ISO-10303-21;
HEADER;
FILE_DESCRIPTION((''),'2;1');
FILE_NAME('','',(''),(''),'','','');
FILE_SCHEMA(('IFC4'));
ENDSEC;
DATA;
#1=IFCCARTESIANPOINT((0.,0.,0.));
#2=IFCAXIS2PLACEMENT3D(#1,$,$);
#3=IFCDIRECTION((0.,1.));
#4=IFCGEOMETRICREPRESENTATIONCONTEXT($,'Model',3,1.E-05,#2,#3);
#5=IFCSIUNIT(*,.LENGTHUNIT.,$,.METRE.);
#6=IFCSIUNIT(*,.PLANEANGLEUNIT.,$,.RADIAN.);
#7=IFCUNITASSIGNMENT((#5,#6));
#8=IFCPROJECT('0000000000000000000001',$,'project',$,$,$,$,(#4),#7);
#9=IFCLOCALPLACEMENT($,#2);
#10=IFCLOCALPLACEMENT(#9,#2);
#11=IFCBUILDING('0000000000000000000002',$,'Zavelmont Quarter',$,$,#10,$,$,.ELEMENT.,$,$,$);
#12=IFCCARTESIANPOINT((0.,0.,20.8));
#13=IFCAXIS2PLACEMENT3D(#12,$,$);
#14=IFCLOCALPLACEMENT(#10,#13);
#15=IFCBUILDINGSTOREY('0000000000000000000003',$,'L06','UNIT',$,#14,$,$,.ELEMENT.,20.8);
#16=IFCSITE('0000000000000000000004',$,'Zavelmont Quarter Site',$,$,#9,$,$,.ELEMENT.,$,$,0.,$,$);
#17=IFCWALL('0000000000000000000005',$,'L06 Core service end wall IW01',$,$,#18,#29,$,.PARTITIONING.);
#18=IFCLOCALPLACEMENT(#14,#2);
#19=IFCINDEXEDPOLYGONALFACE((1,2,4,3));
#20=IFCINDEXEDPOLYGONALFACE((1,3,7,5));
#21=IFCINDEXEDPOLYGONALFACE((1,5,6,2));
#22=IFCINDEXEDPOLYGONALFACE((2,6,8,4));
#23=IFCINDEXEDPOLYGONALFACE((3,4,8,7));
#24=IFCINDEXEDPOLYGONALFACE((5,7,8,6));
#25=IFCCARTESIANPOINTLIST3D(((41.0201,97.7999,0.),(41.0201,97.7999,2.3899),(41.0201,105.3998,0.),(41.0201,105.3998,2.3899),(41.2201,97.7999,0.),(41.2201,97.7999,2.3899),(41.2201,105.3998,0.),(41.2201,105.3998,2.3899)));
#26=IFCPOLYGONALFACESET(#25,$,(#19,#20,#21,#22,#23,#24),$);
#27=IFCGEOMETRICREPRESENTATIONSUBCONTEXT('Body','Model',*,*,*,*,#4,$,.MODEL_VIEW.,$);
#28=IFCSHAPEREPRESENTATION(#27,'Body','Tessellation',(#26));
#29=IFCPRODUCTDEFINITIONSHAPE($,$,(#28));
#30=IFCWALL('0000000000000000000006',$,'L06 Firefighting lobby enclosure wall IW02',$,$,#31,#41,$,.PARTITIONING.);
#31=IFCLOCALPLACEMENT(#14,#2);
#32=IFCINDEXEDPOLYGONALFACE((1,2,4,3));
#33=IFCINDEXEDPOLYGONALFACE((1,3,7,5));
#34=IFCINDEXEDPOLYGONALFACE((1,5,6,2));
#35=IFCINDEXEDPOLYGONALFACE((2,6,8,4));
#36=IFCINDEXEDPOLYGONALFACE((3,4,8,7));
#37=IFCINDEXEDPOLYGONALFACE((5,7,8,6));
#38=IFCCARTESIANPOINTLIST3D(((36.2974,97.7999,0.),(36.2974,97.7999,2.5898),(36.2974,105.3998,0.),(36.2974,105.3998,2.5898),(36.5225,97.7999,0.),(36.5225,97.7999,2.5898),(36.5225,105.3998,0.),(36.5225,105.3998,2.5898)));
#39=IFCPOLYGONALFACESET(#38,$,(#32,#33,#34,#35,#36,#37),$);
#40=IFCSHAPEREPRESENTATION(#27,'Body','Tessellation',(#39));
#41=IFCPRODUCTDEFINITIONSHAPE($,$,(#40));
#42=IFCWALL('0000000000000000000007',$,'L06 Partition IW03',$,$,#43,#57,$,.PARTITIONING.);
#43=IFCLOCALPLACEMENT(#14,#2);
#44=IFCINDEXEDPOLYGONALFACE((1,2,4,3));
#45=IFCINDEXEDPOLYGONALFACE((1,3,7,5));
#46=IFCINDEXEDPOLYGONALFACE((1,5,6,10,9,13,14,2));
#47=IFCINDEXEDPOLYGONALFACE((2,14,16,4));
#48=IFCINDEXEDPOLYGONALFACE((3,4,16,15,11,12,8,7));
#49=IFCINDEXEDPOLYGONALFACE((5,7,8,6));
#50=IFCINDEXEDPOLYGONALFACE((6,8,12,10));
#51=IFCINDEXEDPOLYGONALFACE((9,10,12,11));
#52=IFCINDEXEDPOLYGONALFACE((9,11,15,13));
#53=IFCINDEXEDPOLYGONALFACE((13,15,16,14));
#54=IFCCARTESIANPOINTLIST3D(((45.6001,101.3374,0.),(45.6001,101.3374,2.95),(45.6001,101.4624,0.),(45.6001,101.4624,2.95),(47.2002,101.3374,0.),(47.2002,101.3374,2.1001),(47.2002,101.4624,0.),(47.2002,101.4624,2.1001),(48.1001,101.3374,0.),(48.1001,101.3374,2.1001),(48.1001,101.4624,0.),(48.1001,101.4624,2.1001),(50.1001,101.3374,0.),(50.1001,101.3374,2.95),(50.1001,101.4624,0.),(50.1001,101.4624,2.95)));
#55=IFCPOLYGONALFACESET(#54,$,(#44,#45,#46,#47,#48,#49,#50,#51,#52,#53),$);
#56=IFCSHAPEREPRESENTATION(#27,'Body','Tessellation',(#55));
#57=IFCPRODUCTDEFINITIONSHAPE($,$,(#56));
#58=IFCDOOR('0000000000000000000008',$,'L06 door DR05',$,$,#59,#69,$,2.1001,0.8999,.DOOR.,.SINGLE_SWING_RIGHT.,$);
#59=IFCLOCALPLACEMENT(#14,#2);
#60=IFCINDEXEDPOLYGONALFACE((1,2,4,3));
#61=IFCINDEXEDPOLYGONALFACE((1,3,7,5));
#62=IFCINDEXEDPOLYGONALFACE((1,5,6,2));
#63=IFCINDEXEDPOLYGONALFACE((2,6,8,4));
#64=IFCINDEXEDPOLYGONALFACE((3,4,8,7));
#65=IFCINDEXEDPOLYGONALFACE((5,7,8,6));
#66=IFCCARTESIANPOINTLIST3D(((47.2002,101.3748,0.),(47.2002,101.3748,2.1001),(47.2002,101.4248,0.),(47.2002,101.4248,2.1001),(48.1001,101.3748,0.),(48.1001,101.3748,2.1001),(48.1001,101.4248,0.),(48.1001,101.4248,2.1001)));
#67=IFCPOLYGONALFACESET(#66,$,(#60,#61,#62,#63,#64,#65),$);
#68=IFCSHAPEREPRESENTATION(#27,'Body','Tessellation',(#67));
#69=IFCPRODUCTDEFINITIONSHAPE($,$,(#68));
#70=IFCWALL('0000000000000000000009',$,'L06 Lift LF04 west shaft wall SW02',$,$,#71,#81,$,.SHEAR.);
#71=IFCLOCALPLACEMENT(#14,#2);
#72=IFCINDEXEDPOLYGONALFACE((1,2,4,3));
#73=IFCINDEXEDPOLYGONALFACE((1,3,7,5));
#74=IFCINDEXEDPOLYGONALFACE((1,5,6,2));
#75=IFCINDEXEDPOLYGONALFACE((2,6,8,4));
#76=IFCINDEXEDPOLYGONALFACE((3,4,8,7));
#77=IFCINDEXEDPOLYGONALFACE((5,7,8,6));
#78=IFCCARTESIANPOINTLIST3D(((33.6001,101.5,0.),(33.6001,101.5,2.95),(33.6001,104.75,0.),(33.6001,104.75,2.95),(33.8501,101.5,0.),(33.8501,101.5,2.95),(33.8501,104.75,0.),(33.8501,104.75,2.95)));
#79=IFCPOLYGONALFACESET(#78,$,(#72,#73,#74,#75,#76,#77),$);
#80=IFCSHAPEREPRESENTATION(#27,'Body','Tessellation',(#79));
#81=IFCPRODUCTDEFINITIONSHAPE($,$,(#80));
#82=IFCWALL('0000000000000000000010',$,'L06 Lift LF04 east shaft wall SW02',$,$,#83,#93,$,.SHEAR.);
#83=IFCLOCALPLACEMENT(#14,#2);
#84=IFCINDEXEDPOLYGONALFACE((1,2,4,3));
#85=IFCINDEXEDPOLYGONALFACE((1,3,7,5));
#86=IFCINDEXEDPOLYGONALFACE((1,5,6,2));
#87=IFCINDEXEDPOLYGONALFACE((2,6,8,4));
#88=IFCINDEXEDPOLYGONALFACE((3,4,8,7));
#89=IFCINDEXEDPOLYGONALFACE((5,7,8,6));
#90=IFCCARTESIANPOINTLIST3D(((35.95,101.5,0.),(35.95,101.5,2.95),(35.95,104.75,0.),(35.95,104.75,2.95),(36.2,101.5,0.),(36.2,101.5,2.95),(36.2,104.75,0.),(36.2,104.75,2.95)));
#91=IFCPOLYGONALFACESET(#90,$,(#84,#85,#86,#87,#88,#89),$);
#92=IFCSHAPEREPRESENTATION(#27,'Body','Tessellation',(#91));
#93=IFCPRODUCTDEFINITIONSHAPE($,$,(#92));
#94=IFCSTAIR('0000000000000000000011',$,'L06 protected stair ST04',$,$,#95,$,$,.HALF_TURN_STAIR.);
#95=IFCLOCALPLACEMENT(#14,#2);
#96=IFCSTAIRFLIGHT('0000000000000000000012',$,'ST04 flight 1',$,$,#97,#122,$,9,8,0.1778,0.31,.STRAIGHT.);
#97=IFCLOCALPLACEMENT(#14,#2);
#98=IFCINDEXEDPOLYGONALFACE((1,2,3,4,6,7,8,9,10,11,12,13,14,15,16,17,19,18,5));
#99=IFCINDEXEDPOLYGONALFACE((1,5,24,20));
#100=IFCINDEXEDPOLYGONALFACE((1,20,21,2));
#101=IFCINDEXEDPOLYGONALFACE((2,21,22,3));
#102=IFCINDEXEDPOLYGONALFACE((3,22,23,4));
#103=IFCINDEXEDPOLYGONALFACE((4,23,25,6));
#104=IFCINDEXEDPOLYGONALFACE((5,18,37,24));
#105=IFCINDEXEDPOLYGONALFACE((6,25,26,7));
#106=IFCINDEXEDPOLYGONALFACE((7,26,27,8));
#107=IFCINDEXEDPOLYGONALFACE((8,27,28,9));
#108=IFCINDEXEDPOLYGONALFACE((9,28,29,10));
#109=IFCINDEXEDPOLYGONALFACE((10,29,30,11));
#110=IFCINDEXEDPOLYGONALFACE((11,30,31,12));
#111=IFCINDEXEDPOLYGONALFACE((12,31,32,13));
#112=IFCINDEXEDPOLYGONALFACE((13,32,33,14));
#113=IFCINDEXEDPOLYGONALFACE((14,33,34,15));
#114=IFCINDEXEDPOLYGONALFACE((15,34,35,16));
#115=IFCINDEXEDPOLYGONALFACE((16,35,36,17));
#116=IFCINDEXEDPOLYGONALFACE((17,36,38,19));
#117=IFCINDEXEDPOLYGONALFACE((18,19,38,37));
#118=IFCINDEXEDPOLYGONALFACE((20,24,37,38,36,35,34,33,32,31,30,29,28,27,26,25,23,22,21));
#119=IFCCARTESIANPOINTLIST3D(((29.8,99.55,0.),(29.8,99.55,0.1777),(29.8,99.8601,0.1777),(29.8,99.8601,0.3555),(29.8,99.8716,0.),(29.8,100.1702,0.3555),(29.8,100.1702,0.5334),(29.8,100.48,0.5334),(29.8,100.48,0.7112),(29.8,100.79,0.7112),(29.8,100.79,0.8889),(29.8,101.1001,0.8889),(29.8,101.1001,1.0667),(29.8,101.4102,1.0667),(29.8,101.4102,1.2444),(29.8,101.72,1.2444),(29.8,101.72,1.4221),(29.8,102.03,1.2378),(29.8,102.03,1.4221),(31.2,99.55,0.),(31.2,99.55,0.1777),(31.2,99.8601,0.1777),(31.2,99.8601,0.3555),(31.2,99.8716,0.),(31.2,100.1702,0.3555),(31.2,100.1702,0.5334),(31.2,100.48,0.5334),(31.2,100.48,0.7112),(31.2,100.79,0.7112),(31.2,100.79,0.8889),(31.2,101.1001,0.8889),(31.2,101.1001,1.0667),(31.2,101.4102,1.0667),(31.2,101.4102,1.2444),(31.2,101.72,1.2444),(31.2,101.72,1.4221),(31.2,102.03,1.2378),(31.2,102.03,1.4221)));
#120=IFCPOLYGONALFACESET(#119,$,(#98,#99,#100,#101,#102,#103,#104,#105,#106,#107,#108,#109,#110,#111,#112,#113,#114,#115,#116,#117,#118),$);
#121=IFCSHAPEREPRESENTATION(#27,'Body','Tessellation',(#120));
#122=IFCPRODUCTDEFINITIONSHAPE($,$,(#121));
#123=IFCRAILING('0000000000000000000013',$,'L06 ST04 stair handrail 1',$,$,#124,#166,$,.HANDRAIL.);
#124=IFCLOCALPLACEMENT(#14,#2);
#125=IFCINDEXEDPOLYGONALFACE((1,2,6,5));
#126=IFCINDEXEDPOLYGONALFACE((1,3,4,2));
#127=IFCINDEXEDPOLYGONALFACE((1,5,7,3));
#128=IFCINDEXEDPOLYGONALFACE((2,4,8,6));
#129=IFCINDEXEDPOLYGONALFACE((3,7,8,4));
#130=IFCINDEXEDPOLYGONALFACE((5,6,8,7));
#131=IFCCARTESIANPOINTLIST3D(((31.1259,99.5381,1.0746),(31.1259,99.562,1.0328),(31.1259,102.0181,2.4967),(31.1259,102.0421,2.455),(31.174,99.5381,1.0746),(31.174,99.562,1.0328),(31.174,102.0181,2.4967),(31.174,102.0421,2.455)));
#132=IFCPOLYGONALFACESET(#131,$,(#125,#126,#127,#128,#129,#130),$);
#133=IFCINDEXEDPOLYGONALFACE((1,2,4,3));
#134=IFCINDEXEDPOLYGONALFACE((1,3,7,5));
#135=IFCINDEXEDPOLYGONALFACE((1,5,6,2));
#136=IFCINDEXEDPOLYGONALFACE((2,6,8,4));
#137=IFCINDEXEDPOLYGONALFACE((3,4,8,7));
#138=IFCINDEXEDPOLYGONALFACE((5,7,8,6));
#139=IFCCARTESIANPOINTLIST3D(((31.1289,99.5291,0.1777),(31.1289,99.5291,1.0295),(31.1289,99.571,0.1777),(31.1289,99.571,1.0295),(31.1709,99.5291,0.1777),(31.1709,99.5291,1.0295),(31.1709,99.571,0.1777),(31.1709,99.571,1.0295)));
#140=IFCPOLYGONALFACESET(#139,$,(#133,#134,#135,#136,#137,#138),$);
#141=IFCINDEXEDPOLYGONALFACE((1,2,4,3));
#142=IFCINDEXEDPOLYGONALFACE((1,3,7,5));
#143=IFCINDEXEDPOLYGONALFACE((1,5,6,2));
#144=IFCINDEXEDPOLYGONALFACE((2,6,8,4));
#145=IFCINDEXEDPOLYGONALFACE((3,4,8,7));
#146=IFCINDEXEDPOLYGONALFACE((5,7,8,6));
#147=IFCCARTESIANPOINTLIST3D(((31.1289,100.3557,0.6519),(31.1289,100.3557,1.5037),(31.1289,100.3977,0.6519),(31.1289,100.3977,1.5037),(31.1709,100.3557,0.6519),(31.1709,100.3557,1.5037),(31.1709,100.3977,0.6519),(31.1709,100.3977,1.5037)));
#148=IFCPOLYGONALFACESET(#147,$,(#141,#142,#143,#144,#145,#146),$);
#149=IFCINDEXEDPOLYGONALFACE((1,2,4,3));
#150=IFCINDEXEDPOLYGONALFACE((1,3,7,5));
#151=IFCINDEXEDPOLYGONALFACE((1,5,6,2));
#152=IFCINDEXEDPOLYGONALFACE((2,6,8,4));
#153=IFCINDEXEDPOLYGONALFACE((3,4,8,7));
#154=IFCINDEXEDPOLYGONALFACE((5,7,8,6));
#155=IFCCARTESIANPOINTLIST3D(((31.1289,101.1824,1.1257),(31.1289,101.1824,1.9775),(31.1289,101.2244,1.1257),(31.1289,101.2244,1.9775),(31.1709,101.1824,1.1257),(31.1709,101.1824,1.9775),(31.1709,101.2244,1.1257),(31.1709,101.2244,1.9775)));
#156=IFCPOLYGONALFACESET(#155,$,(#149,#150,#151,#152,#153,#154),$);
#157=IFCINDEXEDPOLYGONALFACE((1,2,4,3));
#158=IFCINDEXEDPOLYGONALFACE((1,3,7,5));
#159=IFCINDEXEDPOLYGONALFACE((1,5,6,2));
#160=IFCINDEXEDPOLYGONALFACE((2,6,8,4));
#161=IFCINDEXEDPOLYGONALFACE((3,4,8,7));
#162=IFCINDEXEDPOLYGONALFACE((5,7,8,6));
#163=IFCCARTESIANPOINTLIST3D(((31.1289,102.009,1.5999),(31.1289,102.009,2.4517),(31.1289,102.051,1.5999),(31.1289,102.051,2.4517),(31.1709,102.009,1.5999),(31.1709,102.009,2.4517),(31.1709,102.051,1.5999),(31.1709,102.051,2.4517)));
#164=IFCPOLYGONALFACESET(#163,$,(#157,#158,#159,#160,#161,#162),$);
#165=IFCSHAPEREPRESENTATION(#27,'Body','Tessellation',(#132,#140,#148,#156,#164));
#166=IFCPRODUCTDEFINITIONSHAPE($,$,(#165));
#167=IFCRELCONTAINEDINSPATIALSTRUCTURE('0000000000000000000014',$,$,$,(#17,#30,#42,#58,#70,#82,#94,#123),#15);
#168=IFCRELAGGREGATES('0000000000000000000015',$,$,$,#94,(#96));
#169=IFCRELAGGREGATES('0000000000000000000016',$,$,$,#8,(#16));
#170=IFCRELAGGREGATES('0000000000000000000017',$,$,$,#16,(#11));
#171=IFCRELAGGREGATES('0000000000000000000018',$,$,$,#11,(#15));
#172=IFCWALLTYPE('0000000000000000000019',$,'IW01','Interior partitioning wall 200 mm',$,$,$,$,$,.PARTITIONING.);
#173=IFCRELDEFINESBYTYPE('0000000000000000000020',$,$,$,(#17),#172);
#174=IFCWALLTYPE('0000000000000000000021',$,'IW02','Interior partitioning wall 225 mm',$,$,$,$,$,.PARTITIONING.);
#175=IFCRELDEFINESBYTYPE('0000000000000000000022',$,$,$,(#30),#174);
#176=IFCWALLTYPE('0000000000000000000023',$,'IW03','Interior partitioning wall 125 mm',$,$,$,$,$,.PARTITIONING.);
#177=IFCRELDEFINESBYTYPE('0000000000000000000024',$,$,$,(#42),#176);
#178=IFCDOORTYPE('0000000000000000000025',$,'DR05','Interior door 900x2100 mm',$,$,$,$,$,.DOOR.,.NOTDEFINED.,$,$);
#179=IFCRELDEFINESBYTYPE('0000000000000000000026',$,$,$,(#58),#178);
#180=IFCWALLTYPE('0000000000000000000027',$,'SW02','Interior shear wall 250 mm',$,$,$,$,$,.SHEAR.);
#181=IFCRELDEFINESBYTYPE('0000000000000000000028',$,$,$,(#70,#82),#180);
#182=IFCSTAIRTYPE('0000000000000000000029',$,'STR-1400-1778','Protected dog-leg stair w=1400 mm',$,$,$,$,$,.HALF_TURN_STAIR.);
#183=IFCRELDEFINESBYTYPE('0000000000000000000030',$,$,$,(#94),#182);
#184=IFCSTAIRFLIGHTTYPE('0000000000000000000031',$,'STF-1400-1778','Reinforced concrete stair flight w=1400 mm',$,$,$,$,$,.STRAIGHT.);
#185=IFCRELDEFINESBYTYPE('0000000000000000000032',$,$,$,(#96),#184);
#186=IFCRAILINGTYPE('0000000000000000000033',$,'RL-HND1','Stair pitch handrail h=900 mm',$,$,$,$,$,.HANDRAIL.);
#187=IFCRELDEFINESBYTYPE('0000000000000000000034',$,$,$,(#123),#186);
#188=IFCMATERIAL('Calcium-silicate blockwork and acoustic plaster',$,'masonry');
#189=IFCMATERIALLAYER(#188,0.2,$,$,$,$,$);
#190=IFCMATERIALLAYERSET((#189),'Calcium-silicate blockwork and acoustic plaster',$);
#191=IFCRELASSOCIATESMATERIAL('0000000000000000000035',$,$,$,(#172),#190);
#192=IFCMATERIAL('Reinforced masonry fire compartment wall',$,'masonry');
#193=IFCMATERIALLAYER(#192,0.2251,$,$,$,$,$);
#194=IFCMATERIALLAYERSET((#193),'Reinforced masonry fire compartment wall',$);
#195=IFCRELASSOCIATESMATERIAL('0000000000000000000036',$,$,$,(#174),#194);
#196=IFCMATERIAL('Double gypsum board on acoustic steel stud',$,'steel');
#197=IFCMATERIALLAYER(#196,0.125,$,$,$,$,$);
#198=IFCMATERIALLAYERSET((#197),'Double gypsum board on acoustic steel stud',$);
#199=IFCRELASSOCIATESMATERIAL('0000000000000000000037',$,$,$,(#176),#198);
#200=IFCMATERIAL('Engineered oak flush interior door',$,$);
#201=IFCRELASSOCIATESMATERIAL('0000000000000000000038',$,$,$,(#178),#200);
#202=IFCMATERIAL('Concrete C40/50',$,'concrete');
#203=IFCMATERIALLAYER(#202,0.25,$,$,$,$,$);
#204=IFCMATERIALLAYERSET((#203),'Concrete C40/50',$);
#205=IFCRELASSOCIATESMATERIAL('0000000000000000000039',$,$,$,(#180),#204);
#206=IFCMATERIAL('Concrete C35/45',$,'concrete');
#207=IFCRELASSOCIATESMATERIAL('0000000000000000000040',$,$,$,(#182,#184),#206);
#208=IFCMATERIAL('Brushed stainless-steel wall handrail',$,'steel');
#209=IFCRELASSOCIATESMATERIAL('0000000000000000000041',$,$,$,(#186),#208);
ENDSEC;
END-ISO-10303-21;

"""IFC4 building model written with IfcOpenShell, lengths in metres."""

from ifc_helpers import new_model, si_unit, direction, frame, frame_2d, origin, origin_with_axes, origin_2d, place, context, subcontext, project, spatial, polyline, rectangle, outline, extrude, material, layer, layer_set, type_object, element, fill, aggregate, save


model = new_model("IFC4")

# Units and contexts
model_context = context("Model", 3, precision=1e-05, world=origin(), true_north=direction((0.0, 1.0)))
body_context = subcontext(model_context, "Body", "Model", "MODEL_VIEW")
ifc_project = project(units=[si_unit("LENGTHUNIT", "METRE"), si_unit("PLANEANGLEUNIT", "RADIAN")], contexts=[model_context])

# Site, building, storey
site_placement = place(None, origin())
site = spatial("IfcSite", under=ifc_project, at=site_placement, Name="Zavelmont Quarter Site", CompositionType="ELEMENT", RefElevation=0.0)
building_placement = place(site_placement, origin())
building = spatial("IfcBuilding", under=site, at=building_placement, Name="Zavelmont Quarter", CompositionType="ELEMENT")
storey_placement = place(building_placement, frame((0.0, 0.0, 20.8)))
storey = spatial("IfcBuildingStorey", under=building, at=storey_placement, Name="L06", Description="UNIT", CompositionType="ELEMENT", Elevation=20.8)

# Shared definitions
ifc_material_1 = material(Name="Concrete C35/45", Category="concrete")

# Walls
ifc_material_2 = material(Name="Calcium-silicate blockwork and acoustic plaster", Category="masonry")
ifc_layer_1 = layer(ifc_material_2, 0.2)
ifc_layer_set_1 = layer_set([ifc_layer_1], Name="Calcium-silicate blockwork and acoustic plaster")
wall_type_1 = type_object("IfcWallType", Name="IW01", Description="Interior partitioning wall 200 mm", PredefinedType="PARTITIONING", material=ifc_layer_set_1)
wall_1_placement = place(storey_placement, frame((41.1201, 97.8, 0.0), z_axis=(0.0, 0.0, 1.0), x_axis=(0.0, 1.0, 0.0)))
element("IfcWall", 1, at=wall_1_placement, inside=storey, type_object=wall_type_1, Name="L06 Core service end wall IW01", PredefinedType="PARTITIONING", context=body_context, shape_type="SweptSolid", body=[
    extrude(rectangle(XDim=7.5999, YDim=0.2, at=frame_2d((3.7998, 0.0))), origin(), (0.0, 0.0, 1.0), 2.3899),
])
ifc_material_3 = material(Name="Reinforced masonry fire compartment wall", Category="masonry")
ifc_layer_2 = layer(ifc_material_3, 0.2251)
ifc_layer_set_2 = layer_set([ifc_layer_2], Name="Reinforced masonry fire compartment wall")
wall_type_2 = type_object("IfcWallType", Name="IW02", Description="Interior partitioning wall 225 mm", PredefinedType="PARTITIONING", material=ifc_layer_set_2)
wall_2_placement = place(storey_placement, frame((36.4099, 97.8, 0.0), z_axis=(0.0, 0.0, 1.0), x_axis=(0.0, 1.0, 0.0)))
element("IfcWall", 2, at=wall_2_placement, inside=storey, type_object=wall_type_2, Name="L06 Firefighting lobby enclosure wall IW02", PredefinedType="PARTITIONING", context=body_context, shape_type="SweptSolid", body=[
    extrude(rectangle(XDim=7.5999, YDim=0.2251, at=frame_2d((3.7998, 0.0))), origin(), (0.0, 0.0, 1.0), 2.5898),
])

# Wall, opening, door
ifc_material_4 = material(Name="Double gypsum board on acoustic steel stud", Category="steel")
ifc_layer_3 = layer(ifc_material_4, 0.125)
ifc_layer_set_3 = layer_set([ifc_layer_3], Name="Double gypsum board on acoustic steel stud")
wall_type_3 = type_object("IfcWallType", Name="IW03", Description="Interior partitioning wall 125 mm", PredefinedType="PARTITIONING", material=ifc_layer_set_3)
wall_3_placement = place(storey_placement, frame((45.6001, 101.3999, 0.0), z_axis=(0.0, 0.0, 1.0), x_axis=(1.0, 0.0, 0.0)))
wall_3 = element("IfcWall", 3, at=wall_3_placement, inside=storey, type_object=wall_type_3, Name="L06 Partition IW03", PredefinedType="PARTITIONING", context=body_context, shape_type="SweptSolid", body=[
    extrude(rectangle(XDim=4.5, YDim=0.125, at=frame_2d((2.25, 0.0))), origin(), (0.0, 0.0, 1.0), 2.95),
])
opening_1_placement = place(wall_3_placement, frame((1.6001, 0.0, 0.0)))
opening_1 = element("IfcOpeningElement", 4, at=opening_1_placement, cuts=wall_3, PredefinedType="OPENING", context=body_context, shape_type="SweptSolid", body=[
    extrude(rectangle(XDim=0.8999, YDim=2.1001, at=frame_2d((0.45, 1.05))), frame((0.0, 0.0745, 0.0), z_axis=(0.0, -1.0, 0.0), x_axis=(1.0, 0.0, 0.0)), (0.0, 0.0, 1.0), 0.1489),
])
ifc_material_5 = material(Name="Engineered oak flush interior door")
door_type_1 = type_object("IfcDoorType", Name="DR05", Description="Interior door 900x2100 mm", OperationType="NOTDEFINED", PredefinedType="DOOR", material=ifc_material_5)
door_1_placement = place(opening_1_placement, origin_with_axes())
door_1 = element("IfcDoor", 5, at=door_1_placement, inside=storey, type_object=door_type_1, Name="L06 door DR05", OperationType="SINGLE_SWING_RIGHT", OverallHeight=2.1001, OverallWidth=0.8999, PredefinedType="DOOR", context=body_context, shape_type="SweptSolid", body=[
    extrude(rectangle(XDim=0.8999, YDim=2.1001, at=frame_2d((0.45, 1.05))), frame((0.0, 0.0249, 0.0), z_axis=(0.0, -1.0, 0.0), x_axis=(1.0, 0.0, 0.0)), (0.0, 0.0, 1.0), 0.05),
])
fill(opening_1, door_1)
ifc_material_6 = material(Name="Concrete C40/50", Category="concrete")

# Walls
ifc_layer_4 = layer(ifc_material_6, 0.25)
ifc_layer_set_4 = layer_set([ifc_layer_4], Name="Concrete C40/50")
wall_type_4 = type_object("IfcWallType", Name="SW02", Description="Interior shear wall 250 mm", PredefinedType="SHEAR", material=ifc_layer_set_4)
for number, where, z_axis, x_axis, name in (
    (6, (33.7251, 101.5, 0.0), (0.0, 0.0, 1.0), (0.0, 1.0, 0.0), "L06 Lift LF04 west shaft wall SW02"),
    (7, (36.075, 101.5, 0.0), (0.0, 0.0, 1.0), (0.0, 1.0, 0.0), "L06 Lift LF04 east shaft wall SW02"),
):
    element("IfcWall", number, at=place(storey_placement, frame(where, z_axis=z_axis, x_axis=x_axis)), inside=storey, type_object=wall_type_4, Name=name, PredefinedType="SHEAR", context=body_context, shape_type="SweptSolid", body=[
        extrude(rectangle(XDim=3.25, YDim=0.25, at=frame_2d((1.625, 0.0))), origin(), (0.0, 0.0, 1.0), 2.95),
    ])

# Stair, stair flight
stair_type = type_object("IfcStairType", Name="STR-1400-1778", Description="Protected dog-leg stair w=1400 mm", PredefinedType="HALF_TURN_STAIR", material=ifc_material_1)
stair_placement = place(storey_placement, origin())
stair = element("IfcStair", 8, at=stair_placement, inside=storey, type_object=stair_type, Name="L06 protected stair ST04", PredefinedType="HALF_TURN_STAIR")
stair_flight_type = type_object("IfcStairFlightType", Name="STF-1400-1778", Description="Reinforced concrete stair flight w=1400 mm", PredefinedType="STRAIGHT", material=ifc_material_1)
stair_flight_placement = place(storey_placement, frame((30.5, 99.55, 0.0), z_axis=(0.0, 0.0, 1.0), x_axis=(0.0, 1.0, 0.0)))
stair_flight = element("IfcStairFlight", 9, at=stair_flight_placement, type_object=stair_flight_type, Name="ST04 flight 1", NumberOfRisers=9, NumberOfTreads=8, PredefinedType="STRAIGHT", RiserHeight=0.1778, TreadLength=0.31, context=body_context, shape_type="SweptSolid", body=[
    extrude(outline(polyline([(0.0, 0.0), (0.0, 0.1777), (0.3101, 0.1777), (0.3101, 0.3555), (0.6201, 0.3555), (0.6201, 0.5334), (0.9299, 0.5334), (0.9299, 0.7112), (1.24, 0.7112), (1.24, 0.8889), (1.55, 0.8889), (1.55, 1.0667), (1.8601, 1.0667), (1.8601, 1.2444), (2.1699, 1.2444), (2.1699, 1.4221), (2.48, 1.4221), (2.48, 1.6001), (2.48, 1.2378), (0.3215, 0.0), (0.0, 0.0)])), frame((0.0, 0.7, 0.0), z_axis=(0.0, -1.0, 0.0), x_axis=(1.0, 0.0, 0.0)), (0.0, 0.0, 1.0), 1.3999),
])
aggregate(stair, [stair_flight])

# Railing
ifc_material_7 = material(Name="Brushed stainless-steel wall handrail", Category="steel")
railing_type = type_object("IfcRailingType", Name="RL-HND1", Description="Stair pitch handrail h=900 mm", PredefinedType="HANDRAIL", material=ifc_material_7)
railing_placement = place(storey_placement, frame((31.1499, 99.55, 0.1777)))
element("IfcRailing", 10, at=railing_placement, inside=storey, type_object=railing_type, Name="L06 ST04 stair handrail 1", PredefinedType="HANDRAIL", context=body_context, shape_type="SweptSolid", body=[
    extrude(rectangle(XDim=0.0481, YDim=0.0481, at=origin_2d()), frame((0.0, 0.0, 0.876), z_axis=(0.0, 0.867491, 0.497454), x_axis=(-1.0, 0.0, 0.0)), (0.0, 0.0, 1.0), 2.8589),
    extrude(rectangle(XDim=0.042, YDim=0.042, at=origin_2d()), origin(), (0.0, 0.0, 1.0), 0.8518),
    extrude(rectangle(XDim=0.042, YDim=0.042, at=origin_2d()), frame((0.0, 0.8267, 0.4741)), (0.0, 0.0, 1.0), 0.8518),
    extrude(rectangle(XDim=0.042, YDim=0.042, at=origin_2d()), frame((0.0, 1.6533, 0.948)), (0.0, 0.0, 1.0), 0.8518),
    extrude(rectangle(XDim=0.042, YDim=0.042, at=origin_2d()), frame((0.0, 2.48, 1.4221)), (0.0, 0.0, 1.0), 0.8518),
])

save(model, "model.ifc")
